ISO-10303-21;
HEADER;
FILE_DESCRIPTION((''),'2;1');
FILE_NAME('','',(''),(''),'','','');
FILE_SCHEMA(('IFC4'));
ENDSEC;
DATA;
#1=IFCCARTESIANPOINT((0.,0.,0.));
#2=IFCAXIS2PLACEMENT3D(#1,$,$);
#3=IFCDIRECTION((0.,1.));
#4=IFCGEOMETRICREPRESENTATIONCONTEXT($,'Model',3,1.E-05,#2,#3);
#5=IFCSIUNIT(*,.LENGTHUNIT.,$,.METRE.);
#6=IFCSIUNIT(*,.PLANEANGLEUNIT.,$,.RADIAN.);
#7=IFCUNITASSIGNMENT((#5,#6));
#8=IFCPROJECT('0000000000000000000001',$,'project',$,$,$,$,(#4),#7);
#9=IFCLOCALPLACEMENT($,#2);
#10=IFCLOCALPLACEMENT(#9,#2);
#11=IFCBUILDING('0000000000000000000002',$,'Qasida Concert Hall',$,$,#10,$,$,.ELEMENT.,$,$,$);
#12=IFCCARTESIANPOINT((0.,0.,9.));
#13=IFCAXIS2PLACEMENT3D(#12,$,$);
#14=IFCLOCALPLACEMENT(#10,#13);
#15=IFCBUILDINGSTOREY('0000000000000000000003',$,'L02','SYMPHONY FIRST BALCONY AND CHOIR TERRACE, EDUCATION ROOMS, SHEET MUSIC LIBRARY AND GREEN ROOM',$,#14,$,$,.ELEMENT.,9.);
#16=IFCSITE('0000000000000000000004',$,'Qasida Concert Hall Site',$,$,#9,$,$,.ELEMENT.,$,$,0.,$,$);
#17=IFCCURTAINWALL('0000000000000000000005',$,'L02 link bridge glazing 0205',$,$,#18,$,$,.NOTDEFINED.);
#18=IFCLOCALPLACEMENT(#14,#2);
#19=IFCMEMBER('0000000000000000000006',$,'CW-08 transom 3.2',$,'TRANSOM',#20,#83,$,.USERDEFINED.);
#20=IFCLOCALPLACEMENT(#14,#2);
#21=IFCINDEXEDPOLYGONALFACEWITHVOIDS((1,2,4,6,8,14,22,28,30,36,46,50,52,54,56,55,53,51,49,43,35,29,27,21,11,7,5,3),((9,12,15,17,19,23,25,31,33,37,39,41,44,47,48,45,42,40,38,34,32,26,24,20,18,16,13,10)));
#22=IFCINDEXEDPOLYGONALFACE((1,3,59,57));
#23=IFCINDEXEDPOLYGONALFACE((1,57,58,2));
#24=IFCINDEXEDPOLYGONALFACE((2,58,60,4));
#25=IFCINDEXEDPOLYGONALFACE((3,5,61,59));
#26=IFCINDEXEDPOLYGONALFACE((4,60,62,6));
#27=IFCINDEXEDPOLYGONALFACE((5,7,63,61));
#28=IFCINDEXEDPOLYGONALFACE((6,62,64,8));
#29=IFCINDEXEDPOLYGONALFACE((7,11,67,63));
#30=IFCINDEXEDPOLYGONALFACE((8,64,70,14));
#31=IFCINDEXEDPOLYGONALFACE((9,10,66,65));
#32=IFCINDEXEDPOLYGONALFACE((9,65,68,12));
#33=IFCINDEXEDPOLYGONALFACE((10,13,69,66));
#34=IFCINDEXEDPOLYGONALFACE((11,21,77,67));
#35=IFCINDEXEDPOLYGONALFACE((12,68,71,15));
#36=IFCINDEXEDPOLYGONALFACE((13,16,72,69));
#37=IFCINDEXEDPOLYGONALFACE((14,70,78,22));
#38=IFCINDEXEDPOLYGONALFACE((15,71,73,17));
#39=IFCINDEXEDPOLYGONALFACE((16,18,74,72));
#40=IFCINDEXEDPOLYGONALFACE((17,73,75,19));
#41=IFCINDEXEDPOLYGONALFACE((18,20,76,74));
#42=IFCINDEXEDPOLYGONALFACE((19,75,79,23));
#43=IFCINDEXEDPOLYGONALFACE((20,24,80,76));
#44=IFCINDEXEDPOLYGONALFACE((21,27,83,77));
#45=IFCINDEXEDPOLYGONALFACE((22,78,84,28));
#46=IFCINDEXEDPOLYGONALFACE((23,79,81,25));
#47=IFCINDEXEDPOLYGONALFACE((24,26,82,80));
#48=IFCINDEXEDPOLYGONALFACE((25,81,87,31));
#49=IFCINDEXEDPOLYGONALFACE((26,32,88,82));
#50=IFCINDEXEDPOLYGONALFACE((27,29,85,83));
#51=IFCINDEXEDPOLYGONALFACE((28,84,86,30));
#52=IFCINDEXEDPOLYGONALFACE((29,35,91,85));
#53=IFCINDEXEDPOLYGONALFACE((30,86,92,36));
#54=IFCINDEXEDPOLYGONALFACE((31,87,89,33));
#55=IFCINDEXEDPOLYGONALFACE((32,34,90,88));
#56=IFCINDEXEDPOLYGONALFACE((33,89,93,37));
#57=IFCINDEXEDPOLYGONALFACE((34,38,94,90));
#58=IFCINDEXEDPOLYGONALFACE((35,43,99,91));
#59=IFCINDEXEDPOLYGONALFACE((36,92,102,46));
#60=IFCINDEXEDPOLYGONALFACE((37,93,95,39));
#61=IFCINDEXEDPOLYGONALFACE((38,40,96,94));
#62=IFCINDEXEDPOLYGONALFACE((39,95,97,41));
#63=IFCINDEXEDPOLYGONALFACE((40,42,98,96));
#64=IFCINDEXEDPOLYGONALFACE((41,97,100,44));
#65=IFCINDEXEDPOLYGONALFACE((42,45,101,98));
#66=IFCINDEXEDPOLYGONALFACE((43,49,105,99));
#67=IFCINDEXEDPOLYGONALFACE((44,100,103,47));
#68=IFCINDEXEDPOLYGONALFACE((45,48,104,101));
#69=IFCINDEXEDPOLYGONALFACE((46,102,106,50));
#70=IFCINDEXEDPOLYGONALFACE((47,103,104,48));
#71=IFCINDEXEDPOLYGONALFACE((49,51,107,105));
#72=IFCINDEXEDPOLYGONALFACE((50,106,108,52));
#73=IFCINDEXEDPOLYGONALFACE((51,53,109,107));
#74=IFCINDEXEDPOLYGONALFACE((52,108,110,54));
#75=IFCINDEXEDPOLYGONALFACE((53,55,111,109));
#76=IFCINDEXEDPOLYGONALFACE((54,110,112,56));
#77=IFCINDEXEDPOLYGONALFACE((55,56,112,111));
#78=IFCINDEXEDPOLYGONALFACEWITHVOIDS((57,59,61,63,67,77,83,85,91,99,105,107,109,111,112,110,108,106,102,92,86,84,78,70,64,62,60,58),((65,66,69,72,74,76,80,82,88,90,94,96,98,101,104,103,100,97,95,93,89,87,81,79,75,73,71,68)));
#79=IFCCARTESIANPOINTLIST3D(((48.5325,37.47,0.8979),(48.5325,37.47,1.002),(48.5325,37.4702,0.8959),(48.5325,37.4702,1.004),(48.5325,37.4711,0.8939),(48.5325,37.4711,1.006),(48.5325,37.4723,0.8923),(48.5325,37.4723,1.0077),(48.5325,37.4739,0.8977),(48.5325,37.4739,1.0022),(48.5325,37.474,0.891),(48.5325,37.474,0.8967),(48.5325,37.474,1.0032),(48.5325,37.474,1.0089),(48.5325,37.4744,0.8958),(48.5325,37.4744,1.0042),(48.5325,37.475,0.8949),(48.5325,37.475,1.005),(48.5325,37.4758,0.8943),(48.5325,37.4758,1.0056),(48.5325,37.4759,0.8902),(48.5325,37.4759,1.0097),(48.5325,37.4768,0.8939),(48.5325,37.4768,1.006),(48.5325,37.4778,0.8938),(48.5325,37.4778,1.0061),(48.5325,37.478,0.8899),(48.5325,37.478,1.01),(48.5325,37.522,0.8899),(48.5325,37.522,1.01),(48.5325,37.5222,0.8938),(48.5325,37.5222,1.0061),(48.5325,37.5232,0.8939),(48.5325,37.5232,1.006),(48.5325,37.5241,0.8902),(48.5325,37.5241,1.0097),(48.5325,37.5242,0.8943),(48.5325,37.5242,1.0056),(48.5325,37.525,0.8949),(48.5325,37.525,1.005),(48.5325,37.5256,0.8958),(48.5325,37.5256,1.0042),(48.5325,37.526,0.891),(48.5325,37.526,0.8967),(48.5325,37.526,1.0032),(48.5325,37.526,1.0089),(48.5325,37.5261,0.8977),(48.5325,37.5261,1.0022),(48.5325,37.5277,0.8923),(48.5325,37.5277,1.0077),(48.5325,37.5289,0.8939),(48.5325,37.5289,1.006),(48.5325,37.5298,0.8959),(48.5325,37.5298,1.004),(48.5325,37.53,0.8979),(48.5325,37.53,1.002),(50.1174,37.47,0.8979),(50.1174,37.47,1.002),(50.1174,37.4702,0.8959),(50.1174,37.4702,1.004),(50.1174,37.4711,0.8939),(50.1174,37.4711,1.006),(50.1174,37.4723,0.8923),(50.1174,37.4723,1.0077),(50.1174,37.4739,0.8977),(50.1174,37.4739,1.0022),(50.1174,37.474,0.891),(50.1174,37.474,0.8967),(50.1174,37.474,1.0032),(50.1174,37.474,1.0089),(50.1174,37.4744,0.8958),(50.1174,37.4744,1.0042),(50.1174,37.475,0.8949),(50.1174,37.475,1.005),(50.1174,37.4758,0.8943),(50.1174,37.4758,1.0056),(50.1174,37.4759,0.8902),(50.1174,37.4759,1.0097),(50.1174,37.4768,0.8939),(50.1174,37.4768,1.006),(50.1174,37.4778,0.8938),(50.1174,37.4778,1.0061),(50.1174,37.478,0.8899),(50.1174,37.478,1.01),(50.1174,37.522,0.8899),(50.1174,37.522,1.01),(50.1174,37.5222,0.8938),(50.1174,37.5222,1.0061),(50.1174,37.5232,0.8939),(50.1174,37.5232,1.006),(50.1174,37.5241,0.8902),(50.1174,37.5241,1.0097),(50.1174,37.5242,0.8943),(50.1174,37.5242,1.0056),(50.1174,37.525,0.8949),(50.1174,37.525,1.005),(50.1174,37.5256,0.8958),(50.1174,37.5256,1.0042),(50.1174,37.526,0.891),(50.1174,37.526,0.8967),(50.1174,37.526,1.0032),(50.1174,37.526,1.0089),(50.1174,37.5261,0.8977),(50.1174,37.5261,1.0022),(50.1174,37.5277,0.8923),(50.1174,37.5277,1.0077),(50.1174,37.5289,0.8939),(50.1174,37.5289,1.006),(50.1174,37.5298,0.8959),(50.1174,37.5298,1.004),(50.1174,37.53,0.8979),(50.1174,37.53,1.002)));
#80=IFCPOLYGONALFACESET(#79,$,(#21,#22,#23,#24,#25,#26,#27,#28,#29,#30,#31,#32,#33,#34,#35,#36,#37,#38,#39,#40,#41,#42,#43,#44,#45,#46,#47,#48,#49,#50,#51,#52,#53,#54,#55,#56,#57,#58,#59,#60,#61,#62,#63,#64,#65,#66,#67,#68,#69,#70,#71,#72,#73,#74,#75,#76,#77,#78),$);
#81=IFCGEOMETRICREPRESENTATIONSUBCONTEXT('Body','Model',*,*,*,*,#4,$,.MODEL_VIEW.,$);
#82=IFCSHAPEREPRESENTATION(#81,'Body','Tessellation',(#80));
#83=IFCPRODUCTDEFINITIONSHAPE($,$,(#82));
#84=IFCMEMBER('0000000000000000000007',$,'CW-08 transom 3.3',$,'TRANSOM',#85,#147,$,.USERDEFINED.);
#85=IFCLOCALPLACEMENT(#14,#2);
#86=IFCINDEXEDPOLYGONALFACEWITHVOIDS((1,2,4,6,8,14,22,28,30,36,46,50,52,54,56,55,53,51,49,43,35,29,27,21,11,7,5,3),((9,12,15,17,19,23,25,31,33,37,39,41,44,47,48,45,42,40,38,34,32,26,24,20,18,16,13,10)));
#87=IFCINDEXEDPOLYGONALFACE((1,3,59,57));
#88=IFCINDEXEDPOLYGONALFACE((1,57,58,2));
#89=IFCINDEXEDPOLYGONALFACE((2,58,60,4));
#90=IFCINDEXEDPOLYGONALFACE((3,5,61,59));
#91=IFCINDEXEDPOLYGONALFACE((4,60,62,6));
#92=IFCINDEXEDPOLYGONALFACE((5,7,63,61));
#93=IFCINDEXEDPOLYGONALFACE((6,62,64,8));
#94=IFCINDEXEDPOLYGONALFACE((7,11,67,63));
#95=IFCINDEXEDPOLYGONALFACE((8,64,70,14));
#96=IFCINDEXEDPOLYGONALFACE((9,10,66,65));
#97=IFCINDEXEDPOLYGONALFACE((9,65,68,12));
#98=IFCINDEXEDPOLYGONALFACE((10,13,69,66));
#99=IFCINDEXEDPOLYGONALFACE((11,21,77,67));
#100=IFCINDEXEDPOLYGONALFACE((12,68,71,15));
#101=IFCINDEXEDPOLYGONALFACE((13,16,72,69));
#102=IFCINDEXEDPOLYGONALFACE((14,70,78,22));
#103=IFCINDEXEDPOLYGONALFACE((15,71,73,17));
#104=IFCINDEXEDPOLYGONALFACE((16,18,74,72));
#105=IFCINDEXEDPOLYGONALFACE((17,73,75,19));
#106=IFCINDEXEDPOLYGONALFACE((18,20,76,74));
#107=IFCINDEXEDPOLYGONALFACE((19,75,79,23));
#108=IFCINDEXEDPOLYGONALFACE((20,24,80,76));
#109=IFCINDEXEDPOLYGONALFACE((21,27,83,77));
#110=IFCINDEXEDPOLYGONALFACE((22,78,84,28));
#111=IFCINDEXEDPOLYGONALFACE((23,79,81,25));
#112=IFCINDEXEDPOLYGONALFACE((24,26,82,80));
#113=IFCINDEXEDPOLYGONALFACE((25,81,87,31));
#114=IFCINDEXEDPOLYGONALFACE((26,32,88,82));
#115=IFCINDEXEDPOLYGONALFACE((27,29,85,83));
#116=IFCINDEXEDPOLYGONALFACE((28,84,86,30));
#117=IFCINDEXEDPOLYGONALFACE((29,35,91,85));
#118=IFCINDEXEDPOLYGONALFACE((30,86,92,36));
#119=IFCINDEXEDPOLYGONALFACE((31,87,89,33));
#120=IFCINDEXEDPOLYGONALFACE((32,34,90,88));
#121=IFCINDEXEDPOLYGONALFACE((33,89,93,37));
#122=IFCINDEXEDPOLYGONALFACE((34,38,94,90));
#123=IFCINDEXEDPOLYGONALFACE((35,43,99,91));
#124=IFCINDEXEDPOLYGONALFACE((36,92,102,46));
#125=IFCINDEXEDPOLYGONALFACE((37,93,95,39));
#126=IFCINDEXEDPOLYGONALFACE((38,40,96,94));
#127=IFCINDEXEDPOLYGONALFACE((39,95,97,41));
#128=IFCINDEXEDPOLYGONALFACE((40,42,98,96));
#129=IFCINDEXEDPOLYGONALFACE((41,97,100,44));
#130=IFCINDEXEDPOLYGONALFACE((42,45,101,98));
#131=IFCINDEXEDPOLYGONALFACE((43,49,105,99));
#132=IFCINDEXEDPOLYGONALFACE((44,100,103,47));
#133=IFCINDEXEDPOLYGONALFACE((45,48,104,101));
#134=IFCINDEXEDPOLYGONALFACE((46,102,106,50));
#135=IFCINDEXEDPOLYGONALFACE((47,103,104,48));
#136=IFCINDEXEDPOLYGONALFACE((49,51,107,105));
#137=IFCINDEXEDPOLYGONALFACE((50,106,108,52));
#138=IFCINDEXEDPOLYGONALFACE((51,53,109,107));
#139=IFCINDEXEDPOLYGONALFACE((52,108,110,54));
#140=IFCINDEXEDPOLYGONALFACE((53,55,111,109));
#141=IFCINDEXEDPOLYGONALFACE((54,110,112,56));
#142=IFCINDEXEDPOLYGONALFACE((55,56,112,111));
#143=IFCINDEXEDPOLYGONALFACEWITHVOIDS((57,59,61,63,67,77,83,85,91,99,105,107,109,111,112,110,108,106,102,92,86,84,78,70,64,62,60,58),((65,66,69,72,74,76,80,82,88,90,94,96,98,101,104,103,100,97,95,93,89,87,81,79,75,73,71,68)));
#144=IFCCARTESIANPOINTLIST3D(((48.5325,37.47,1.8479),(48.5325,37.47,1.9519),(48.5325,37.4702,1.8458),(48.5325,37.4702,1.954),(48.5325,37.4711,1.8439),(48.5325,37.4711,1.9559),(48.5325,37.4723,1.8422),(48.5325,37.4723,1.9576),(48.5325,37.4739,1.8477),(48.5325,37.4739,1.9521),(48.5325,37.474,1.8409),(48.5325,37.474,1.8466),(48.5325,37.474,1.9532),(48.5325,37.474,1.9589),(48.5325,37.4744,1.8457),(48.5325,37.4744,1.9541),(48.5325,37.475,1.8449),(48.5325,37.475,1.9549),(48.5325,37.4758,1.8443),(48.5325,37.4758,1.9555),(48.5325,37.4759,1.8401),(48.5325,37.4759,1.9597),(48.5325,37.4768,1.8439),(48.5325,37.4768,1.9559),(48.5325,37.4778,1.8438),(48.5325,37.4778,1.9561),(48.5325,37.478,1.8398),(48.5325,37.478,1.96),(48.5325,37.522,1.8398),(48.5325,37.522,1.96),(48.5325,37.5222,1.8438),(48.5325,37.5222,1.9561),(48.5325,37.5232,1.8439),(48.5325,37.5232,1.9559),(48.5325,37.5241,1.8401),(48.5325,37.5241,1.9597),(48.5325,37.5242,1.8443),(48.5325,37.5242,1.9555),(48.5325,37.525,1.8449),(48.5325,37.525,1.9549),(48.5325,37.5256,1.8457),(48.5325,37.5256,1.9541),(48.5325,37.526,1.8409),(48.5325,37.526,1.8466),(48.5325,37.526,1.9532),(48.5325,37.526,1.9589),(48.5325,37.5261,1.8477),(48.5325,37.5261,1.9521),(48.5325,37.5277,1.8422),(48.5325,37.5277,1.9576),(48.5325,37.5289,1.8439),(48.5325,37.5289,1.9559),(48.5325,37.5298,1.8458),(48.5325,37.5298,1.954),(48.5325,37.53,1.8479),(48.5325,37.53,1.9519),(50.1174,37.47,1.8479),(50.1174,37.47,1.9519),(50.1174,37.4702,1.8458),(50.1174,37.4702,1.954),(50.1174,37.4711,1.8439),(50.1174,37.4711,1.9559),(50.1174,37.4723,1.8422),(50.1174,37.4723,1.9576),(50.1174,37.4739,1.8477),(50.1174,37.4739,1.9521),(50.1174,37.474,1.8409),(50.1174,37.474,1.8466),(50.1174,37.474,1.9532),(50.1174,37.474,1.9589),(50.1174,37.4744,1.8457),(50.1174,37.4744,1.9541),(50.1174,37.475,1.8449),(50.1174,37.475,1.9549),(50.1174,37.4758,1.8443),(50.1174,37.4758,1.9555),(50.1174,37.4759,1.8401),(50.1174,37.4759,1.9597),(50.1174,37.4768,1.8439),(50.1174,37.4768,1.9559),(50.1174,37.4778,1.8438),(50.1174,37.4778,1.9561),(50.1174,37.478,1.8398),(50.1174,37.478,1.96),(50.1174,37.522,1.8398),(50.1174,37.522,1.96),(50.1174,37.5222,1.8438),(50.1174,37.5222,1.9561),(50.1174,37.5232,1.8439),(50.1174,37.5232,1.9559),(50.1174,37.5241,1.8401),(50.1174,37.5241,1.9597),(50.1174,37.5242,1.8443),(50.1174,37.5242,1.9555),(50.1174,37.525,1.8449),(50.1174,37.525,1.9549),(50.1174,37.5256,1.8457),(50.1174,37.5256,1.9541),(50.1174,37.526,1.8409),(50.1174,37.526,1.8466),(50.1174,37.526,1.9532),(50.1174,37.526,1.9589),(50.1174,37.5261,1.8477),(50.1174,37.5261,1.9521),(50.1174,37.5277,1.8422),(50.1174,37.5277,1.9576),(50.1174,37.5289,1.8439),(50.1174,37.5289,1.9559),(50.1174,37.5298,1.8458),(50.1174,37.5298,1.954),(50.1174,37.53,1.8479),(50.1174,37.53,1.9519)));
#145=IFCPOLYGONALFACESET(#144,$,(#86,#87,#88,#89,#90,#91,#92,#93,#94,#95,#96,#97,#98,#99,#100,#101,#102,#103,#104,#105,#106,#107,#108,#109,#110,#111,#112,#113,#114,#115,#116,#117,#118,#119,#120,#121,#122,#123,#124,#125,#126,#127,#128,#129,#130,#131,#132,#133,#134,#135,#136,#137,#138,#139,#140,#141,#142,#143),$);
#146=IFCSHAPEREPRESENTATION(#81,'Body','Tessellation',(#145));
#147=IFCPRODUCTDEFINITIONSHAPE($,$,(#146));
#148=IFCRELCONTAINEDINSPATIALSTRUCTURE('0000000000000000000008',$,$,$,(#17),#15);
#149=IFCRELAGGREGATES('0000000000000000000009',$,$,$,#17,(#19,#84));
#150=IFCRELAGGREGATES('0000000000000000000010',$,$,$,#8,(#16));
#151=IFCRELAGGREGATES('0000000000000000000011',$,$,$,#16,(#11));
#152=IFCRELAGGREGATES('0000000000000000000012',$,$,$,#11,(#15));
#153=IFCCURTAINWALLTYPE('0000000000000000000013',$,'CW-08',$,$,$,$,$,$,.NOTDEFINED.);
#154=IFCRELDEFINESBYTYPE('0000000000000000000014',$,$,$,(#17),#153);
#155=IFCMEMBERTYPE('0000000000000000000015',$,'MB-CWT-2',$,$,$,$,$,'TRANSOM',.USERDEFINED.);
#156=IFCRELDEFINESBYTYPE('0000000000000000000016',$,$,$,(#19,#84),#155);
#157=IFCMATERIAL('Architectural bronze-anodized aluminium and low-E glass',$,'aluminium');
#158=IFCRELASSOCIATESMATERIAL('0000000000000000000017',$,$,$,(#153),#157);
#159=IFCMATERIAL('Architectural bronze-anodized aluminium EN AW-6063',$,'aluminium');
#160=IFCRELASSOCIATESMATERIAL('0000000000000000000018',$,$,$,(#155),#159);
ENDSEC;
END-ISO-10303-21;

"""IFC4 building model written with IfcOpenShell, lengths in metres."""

from ifc_helpers import new_model, si_unit, direction, frame, origin, origin_2d, place, context, subcontext, project, spatial, hollow_rectangle, extrude, material, material_profile, profile_set, type_object, element, aggregate, save


model = new_model("IFC4")

# Units and contexts
model_context = context("Model", 3, precision=1e-05, world=origin(), true_north=direction((0.0, 1.0)))
body_context = subcontext(model_context, "Body", "Model", "MODEL_VIEW")
ifc_project = project(units=[si_unit("LENGTHUNIT", "METRE"), si_unit("PLANEANGLEUNIT", "RADIAN")], contexts=[model_context])

# Site, building, storey
site_placement = place(None, origin())
site = spatial("IfcSite", under=ifc_project, at=site_placement, Name="Qasida Concert Hall Site", CompositionType="ELEMENT", RefElevation=0.0)
building_placement = place(site_placement, origin())
building = spatial("IfcBuilding", under=site, at=building_placement, Name="Qasida Concert Hall", CompositionType="ELEMENT")
storey_placement = place(building_placement, frame((0.0, 0.0, 9.0)))
storey = spatial("IfcBuildingStorey", under=building, at=storey_placement, Name="L02", Description="SYMPHONY FIRST BALCONY AND CHOIR TERRACE, EDUCATION ROOMS, SHEET MUSIC LIBRARY AND GREEN ROOM", CompositionType="ELEMENT", Elevation=9.0)

# Curtain wall, members
ifc_material_1 = material(Name="Architectural bronze-anodized aluminium and low-E glass", Category="aluminium")
curtain_wall_type = type_object("IfcCurtainWallType", Name="CW-08", PredefinedType="NOTDEFINED", material=ifc_material_1)
curtain_wall_placement = place(storey_placement, origin())
curtain_wall = element("IfcCurtainWall", 1, at=curtain_wall_placement, inside=storey, type_object=curtain_wall_type, Name="L02 link bridge glazing 0205", PredefinedType="NOTDEFINED")
ifc_material_2 = material(Name="Architectural bronze-anodized aluminium EN AW-6063", Category="aluminium")
ifc_material_profile_1 = material_profile(ifc_material_2, hollow_rectangle(XDim=0.0601, YDim=0.1201, WallThickness=0.0039, InnerFilletRadius=0.0039, OuterFilletRadius=0.0081, at=origin_2d()), Name="CWT 120x60x4")
ifc_profile_set_1 = profile_set([ifc_material_profile_1], Name="Architectural bronze-anodized aluminium EN AW-6063")
member_type_1 = type_object("IfcMemberType", Name="MB-CWT-2", ElementType="TRANSOM", PredefinedType="USERDEFINED", material=ifc_profile_set_1)
member_1_placement = place(storey_placement, frame((48.5325, 37.5, 0.95), z_axis=(1.0, 0.0, 0.0), x_axis=(0.0, 1.0, 0.0)))
member_1 = element("IfcMember", 2, at=member_1_placement, type_object=member_type_1, Name="CW-08 transom 3.2", ObjectType="TRANSOM", PredefinedType="USERDEFINED", context=body_context, shape_type="SweptSolid", body=[
    extrude(hollow_rectangle(XDim=0.0601, YDim=0.1201, WallThickness=0.0039, InnerFilletRadius=0.0039, OuterFilletRadius=0.0081, at=origin_2d()), origin(), (0.0, 0.0, 1.0), 1.585),
])
member_2_placement = place(storey_placement, frame((48.5325, 37.5, 1.8999), z_axis=(1.0, 0.0, 0.0), x_axis=(0.0, 1.0, 0.0)))
member_2 = element("IfcMember", 3, at=member_2_placement, type_object=member_type_1, Name="CW-08 transom 3.3", ObjectType="TRANSOM", PredefinedType="USERDEFINED", context=body_context, shape_type="SweptSolid", body=[
    extrude(hollow_rectangle(XDim=0.0601, YDim=0.1201, WallThickness=0.0039, InnerFilletRadius=0.0039, OuterFilletRadius=0.0081, at=origin_2d()), origin(), (0.0, 0.0, 1.0), 1.585),
])
aggregate(curtain_wall, [member_1, member_2])

save(model, "model.ifc")
